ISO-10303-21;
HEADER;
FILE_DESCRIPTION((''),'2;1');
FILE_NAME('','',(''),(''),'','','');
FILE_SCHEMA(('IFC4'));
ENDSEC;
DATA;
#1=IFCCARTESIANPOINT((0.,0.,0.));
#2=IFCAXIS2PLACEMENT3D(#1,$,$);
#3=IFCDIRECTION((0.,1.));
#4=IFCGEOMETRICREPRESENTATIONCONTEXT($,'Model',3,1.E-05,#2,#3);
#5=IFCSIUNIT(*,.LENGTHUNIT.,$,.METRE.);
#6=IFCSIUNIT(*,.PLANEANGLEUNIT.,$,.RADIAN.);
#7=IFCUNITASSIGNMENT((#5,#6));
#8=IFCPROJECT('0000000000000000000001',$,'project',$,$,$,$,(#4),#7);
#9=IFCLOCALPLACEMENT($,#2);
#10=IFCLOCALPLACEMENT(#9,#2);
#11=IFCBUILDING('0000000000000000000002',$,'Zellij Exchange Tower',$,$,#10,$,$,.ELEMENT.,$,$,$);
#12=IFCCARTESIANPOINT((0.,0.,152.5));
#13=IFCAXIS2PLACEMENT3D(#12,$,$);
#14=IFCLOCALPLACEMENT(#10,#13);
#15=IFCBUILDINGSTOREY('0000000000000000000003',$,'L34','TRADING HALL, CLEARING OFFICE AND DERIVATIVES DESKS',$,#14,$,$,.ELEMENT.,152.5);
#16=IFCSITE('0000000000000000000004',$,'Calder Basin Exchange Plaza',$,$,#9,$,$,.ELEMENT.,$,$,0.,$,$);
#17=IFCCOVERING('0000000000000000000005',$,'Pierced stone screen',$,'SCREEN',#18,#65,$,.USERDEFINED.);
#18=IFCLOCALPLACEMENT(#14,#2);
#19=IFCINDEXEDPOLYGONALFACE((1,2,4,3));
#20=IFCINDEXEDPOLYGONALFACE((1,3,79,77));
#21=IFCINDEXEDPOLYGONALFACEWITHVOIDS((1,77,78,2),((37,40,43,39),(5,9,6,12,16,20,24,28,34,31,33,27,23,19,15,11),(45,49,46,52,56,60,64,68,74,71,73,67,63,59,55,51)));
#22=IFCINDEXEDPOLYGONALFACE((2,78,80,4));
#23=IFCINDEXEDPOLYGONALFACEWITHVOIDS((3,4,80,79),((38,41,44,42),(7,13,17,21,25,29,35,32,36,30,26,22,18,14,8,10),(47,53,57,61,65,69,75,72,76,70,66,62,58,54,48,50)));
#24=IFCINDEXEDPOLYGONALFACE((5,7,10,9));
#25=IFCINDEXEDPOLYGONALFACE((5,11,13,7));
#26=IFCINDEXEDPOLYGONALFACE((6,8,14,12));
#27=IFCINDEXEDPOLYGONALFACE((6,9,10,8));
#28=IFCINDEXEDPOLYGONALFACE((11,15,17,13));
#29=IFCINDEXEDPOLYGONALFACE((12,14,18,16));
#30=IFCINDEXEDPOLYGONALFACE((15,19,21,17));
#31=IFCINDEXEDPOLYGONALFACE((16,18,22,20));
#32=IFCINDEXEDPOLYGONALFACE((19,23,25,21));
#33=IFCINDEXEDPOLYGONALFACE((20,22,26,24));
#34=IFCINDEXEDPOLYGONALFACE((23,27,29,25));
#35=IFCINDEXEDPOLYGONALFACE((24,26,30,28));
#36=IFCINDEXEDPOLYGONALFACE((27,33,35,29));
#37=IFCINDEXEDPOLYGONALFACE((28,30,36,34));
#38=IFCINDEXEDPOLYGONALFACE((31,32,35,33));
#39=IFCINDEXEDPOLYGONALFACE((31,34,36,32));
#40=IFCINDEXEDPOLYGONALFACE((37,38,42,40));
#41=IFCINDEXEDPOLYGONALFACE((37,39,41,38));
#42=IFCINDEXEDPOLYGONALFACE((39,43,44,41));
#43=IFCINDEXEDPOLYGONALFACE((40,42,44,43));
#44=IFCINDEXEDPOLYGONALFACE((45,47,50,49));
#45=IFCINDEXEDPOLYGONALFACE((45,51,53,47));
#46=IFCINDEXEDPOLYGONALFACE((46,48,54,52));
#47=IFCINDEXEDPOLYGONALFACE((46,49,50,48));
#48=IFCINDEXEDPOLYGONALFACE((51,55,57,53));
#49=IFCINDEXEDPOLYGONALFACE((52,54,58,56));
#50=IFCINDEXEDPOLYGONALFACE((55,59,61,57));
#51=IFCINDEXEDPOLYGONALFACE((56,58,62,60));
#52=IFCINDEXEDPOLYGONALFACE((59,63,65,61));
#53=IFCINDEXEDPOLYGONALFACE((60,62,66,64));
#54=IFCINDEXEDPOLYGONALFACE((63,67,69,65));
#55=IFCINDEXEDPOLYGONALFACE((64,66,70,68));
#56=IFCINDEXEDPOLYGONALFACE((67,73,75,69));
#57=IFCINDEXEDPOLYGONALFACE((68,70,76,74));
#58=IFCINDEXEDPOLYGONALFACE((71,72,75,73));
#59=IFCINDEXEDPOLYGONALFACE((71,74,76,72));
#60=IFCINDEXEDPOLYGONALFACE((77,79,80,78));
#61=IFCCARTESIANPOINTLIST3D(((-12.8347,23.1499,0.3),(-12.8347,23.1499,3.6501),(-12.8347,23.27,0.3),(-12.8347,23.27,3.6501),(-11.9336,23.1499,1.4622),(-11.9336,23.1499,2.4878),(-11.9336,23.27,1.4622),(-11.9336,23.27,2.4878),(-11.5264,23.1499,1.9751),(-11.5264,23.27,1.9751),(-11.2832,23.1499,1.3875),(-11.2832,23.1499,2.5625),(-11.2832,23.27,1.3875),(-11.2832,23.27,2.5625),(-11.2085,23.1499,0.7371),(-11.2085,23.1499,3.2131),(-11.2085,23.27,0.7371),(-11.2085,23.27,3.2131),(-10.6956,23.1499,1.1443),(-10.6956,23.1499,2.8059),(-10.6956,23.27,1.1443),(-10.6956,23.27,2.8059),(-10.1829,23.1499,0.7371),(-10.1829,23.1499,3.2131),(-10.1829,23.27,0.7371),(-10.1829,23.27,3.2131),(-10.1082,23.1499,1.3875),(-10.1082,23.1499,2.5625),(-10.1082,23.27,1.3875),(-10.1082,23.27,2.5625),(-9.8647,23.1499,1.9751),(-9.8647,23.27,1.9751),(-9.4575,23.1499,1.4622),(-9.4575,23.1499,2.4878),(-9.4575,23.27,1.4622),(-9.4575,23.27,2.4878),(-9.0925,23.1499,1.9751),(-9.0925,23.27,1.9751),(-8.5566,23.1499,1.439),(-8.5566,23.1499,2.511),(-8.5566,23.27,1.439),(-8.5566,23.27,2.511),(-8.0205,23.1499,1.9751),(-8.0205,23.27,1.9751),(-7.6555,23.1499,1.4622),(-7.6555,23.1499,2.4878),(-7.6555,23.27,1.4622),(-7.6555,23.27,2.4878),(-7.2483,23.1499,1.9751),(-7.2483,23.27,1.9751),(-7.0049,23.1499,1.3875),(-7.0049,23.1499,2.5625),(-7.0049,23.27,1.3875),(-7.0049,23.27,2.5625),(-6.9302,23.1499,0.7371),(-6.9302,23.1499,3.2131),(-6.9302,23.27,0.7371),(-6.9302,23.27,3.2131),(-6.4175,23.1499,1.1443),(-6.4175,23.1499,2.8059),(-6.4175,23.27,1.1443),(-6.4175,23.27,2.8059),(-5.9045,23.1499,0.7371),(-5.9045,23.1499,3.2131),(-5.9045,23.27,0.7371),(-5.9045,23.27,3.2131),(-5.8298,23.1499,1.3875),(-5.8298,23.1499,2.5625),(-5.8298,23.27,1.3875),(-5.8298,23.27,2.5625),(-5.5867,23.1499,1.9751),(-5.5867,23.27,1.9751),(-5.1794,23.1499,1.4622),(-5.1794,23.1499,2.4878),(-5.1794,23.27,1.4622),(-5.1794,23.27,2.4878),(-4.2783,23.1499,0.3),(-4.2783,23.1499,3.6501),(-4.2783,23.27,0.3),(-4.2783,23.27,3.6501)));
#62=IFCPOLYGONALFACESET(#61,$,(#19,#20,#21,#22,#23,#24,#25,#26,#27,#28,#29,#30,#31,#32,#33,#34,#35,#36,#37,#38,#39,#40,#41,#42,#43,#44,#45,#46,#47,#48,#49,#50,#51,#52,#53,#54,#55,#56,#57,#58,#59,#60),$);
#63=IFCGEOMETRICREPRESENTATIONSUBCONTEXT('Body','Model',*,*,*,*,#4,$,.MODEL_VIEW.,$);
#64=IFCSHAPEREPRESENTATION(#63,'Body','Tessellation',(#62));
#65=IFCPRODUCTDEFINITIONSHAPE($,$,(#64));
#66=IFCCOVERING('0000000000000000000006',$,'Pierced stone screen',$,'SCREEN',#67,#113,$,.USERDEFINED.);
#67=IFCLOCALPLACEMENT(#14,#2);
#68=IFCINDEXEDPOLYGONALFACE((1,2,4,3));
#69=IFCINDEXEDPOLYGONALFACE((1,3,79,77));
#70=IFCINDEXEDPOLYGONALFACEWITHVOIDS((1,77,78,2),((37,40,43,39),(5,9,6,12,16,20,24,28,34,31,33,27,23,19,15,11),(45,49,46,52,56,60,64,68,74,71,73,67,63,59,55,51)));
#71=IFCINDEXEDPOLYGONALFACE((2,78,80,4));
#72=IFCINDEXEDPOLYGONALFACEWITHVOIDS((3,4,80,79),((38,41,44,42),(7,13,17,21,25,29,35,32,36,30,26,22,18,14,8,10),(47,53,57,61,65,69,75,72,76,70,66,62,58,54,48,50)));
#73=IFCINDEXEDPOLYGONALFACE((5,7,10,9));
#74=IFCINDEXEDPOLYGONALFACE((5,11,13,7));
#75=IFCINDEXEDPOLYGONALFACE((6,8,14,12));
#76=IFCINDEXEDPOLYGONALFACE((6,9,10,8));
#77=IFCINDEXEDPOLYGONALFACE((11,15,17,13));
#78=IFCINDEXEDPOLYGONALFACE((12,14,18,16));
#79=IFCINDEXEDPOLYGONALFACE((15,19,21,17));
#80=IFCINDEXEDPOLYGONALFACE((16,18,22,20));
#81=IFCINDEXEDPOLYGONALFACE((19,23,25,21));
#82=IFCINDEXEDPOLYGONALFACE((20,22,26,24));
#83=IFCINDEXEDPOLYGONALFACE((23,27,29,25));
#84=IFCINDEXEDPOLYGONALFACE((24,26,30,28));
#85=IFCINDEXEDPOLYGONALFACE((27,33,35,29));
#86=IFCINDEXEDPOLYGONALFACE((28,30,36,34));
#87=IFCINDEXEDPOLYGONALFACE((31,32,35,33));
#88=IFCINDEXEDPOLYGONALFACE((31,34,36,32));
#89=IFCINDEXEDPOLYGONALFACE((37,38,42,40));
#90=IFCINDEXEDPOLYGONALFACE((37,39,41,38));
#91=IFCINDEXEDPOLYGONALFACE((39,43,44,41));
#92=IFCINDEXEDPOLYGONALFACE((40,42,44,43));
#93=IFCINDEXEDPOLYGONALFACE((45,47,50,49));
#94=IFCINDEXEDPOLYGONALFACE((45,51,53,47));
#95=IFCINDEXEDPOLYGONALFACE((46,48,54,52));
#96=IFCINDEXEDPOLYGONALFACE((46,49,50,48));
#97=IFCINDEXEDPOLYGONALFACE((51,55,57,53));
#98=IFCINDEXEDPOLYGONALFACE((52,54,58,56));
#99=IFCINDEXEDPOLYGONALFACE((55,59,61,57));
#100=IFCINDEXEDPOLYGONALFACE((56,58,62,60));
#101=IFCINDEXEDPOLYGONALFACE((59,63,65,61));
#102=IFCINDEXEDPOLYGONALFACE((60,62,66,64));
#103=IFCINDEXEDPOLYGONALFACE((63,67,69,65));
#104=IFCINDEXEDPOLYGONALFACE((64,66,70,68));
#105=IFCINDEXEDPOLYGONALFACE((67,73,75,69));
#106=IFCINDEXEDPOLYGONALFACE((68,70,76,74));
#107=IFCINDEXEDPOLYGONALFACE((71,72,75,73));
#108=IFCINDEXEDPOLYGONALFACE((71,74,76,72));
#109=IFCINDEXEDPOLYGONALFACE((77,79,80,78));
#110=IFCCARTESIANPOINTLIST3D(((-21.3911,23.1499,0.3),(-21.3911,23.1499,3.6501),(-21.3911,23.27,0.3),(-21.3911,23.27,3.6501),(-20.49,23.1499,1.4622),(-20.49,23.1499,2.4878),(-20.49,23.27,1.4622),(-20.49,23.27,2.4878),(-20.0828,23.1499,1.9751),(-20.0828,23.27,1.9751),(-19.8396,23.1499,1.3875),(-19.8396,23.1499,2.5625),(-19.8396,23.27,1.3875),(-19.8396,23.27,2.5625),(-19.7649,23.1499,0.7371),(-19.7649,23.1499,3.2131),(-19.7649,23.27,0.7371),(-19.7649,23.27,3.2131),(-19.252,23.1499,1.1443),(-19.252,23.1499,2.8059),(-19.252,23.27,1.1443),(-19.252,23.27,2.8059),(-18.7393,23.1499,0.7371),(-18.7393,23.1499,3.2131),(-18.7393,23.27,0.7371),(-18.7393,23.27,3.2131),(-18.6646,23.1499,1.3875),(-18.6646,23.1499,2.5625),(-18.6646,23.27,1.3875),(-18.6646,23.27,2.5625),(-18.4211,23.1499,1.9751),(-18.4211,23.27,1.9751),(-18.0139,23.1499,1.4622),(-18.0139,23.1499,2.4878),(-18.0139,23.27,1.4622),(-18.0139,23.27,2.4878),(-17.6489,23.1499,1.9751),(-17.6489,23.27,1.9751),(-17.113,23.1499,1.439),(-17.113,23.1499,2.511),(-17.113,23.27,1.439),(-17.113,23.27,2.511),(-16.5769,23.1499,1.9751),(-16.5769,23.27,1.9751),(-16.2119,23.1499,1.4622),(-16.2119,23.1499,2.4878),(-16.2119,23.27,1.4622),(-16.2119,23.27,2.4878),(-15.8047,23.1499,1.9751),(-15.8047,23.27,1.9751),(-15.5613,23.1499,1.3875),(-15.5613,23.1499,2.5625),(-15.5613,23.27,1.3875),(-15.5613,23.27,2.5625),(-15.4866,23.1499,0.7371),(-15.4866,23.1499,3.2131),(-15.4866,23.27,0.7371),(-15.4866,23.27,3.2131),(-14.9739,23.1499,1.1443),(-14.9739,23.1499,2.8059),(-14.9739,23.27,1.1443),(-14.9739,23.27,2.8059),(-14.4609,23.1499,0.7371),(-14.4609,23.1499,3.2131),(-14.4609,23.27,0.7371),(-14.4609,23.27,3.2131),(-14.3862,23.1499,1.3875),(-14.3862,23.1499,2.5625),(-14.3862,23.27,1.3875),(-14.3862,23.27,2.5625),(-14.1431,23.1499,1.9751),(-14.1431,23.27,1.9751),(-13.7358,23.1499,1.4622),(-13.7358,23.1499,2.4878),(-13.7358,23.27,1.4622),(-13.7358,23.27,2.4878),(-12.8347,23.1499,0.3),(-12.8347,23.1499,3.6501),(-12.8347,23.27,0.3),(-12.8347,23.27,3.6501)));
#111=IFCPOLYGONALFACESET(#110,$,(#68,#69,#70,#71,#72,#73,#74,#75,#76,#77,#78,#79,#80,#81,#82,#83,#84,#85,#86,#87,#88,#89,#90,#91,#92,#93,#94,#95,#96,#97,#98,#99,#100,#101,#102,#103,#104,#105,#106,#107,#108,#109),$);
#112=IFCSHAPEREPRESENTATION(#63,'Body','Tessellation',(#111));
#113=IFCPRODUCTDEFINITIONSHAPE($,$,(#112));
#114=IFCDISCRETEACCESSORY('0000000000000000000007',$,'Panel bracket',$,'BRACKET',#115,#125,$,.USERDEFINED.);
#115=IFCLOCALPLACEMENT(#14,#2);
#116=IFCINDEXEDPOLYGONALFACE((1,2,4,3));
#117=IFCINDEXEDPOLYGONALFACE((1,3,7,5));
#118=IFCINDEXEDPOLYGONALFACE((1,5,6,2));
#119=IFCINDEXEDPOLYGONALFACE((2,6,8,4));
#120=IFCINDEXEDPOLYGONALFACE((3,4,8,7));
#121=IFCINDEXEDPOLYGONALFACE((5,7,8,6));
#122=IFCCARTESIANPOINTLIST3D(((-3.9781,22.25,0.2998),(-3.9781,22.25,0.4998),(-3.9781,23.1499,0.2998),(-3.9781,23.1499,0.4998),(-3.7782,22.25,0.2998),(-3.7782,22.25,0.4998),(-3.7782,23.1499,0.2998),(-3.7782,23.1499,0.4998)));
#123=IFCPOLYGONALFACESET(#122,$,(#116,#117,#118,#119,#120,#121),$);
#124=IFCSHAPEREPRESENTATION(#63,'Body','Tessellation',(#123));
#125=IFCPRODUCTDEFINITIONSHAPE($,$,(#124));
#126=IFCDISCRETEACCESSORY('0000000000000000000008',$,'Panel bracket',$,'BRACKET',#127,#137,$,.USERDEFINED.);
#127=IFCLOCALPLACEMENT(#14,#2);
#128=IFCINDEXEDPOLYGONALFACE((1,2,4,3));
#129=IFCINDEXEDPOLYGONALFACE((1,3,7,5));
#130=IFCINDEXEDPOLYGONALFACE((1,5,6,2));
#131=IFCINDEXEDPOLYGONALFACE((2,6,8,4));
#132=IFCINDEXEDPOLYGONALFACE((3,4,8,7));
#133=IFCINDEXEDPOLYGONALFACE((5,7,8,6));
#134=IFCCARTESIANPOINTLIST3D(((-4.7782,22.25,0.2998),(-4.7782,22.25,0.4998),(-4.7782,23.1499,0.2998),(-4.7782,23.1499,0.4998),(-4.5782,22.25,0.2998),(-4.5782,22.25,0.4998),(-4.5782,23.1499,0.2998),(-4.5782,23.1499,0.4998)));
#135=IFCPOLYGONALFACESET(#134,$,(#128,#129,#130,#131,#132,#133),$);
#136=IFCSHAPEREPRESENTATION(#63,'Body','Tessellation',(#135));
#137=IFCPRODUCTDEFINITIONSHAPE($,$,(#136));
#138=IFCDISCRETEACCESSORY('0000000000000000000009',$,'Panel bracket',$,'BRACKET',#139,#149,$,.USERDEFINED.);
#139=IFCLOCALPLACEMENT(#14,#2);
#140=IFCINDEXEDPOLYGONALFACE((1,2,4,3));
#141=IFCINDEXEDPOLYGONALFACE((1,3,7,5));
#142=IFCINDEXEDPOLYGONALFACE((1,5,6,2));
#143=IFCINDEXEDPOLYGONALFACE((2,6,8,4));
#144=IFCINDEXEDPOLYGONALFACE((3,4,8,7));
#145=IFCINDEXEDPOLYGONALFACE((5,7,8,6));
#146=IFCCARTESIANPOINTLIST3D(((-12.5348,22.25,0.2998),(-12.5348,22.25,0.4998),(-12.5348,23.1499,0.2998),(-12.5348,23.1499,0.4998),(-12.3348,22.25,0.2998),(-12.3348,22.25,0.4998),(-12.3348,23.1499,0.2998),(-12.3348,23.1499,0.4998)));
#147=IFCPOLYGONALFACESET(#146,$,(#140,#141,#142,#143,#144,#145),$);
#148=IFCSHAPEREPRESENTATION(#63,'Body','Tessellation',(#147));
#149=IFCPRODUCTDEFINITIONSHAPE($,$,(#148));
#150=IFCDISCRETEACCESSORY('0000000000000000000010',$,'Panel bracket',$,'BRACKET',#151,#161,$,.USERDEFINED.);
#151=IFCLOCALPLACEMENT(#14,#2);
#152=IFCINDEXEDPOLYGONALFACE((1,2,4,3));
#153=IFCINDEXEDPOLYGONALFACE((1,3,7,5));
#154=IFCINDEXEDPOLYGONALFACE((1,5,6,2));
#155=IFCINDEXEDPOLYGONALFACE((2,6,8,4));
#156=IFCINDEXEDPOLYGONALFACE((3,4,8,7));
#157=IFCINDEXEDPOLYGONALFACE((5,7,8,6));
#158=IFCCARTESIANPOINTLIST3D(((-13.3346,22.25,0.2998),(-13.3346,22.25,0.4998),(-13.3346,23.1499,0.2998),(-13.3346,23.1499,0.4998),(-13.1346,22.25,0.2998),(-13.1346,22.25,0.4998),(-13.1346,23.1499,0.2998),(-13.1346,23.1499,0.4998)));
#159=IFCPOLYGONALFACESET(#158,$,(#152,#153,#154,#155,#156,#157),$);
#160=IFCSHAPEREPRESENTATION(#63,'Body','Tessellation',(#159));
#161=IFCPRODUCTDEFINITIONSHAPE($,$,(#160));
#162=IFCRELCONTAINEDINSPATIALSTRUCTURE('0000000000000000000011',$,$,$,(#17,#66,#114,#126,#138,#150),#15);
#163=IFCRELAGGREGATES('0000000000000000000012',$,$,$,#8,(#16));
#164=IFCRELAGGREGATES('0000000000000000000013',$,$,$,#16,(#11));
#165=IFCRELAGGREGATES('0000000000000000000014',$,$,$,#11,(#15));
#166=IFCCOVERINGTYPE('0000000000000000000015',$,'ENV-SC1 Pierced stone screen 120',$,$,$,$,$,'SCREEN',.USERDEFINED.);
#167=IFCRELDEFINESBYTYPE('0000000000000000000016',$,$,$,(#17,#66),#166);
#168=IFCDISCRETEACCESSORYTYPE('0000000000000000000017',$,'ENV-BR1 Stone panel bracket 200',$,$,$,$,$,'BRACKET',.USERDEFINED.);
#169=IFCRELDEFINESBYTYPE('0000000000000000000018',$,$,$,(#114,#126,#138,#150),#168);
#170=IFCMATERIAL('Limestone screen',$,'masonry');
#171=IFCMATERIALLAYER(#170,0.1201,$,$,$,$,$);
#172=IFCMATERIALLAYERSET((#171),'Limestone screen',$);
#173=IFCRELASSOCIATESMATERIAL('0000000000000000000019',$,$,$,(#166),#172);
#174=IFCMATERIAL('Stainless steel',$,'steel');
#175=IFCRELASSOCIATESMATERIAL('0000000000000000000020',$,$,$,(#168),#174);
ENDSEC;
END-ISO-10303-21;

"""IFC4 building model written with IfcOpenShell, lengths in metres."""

from ifc_helpers import new_model, si_unit, direction, frame, origin, origin_2d, place, context, subcontext, project, spatial, polyline, rectangle, outline, extrude, material, layer, layer_set, type_object, element, save


model = new_model("IFC4")

# Units and contexts
model_context = context("Model", 3, precision=1e-05, world=origin(), true_north=direction((0.0, 1.0)))
body_context = subcontext(model_context, "Body", "Model", "MODEL_VIEW")
ifc_project = project(units=[si_unit("LENGTHUNIT", "METRE"), si_unit("PLANEANGLEUNIT", "RADIAN")], contexts=[model_context])

# Site, building, storey
site_placement = place(None, origin())
site = spatial("IfcSite", under=ifc_project, at=site_placement, Name="Calder Basin Exchange Plaza", CompositionType="ELEMENT", RefElevation=0.0)
building_placement = place(site_placement, origin())
building = spatial("IfcBuilding", under=site, at=building_placement, Name="Zellij Exchange Tower", CompositionType="ELEMENT")
storey_placement = place(building_placement, frame((0.0, 0.0, 152.5)))
storey = spatial("IfcBuildingStorey", under=building, at=storey_placement, Name="L34", Description="TRADING HALL, CLEARING OFFICE AND DERIVATIVES DESKS", CompositionType="ELEMENT", Elevation=152.5)

# Coverings
ifc_material_1 = material(Name="Limestone screen", Category="masonry")
ifc_layer_1 = layer(ifc_material_1, 0.1201)
ifc_layer_set_1 = layer_set([ifc_layer_1], Name="Limestone screen")
covering_type_1 = type_object("IfcCoveringType", Name="ENV-SC1 Pierced stone screen 120", ElementType="SCREEN", PredefinedType="USERDEFINED", material=ifc_layer_set_1)
for number, where, z_axis, x_axis, name in (
    (1, (-4.2783, 23.21, 0.3), (0.0, 0.0, 1.0), (-1.0, 0.0, 0.0), "Pierced stone screen"),
    (2, (-12.8347, 23.21, 0.3), (0.0, 0.0, 1.0), (-1.0, 0.0, 0.0), "Pierced stone screen"),
):
    element("IfcCovering", number, at=place(storey_placement, frame(where, z_axis=z_axis, x_axis=x_axis)), inside=storey, type_object=covering_type_1, Name=name, ObjectType="SCREEN", PredefinedType="USERDEFINED", context=body_context, shape_type="SweptSolid", body=[
        extrude(outline(polyline([(0.0, 0.0), (8.5564, 0.0), (8.5564, 3.3501), (0.0, 3.3501), (0.0, 0.0)]), holes=[polyline([(3.3772, 2.1877), (2.7266, 2.2625), (2.6519, 2.9131), (2.1392, 2.5059), (1.6262, 2.9131), (1.5515, 2.2625), (0.9011, 2.1877), (1.3083, 1.675), (0.9011, 1.1621), (1.5515, 1.0874), (1.6262, 0.437), (2.1392, 0.8442), (2.6519, 0.437), (2.7266, 1.0874), (3.3772, 1.1621), (2.97, 1.675), (3.3772, 2.1877)]), polyline([(7.6553, 2.1877), (7.0049, 2.2625), (6.9302, 2.9131), (6.4172, 2.5059), (5.9045, 2.9131), (5.8298, 2.2625), (5.1792, 2.1877), (5.5864, 1.675), (5.1792, 1.1621), (5.8298, 1.0874), (5.9045, 0.437), (6.4172, 0.8442), (6.9302, 0.437), (7.0049, 1.0874), (7.6553, 1.1621), (7.248, 1.675), (7.6553, 2.1877)]), polyline([(4.8142, 1.675), (4.2783, 2.2109), (3.7422, 1.675), (4.2783, 1.1389), (4.8142, 1.675)])]), frame((0.0, 0.0601, 0.0), z_axis=(0.0, -1.0, 0.0), x_axis=(1.0, 0.0, 0.0)), (0.0, 0.0, 1.0), 0.1201),
    ])

# Discrete accessories
ifc_material_2 = material(Name="Stainless steel", Category="steel")
discrete_accessory_type = type_object("IfcDiscreteAccessoryType", Name="ENV-BR1 Stone panel bracket 200", ElementType="BRACKET", PredefinedType="USERDEFINED", material=ifc_material_2)
for number, where, z_axis, x_axis, name in (
    (3, (-3.8782, 22.7, 0.2998), (0.0, 0.0, 1.0), (-1.0, 0.0, 0.0), "Panel bracket"),
    (4, (-4.6782, 22.7, 0.2998), (0.0, 0.0, 1.0), (-1.0, 0.0, 0.0), "Panel bracket"),
    (5, (-12.4348, 22.7, 0.2998), (0.0, 0.0, 1.0), (-1.0, 0.0, 0.0), "Panel bracket"),
    (6, (-13.2346, 22.7, 0.2998), (0.0, 0.0, 1.0), (-1.0, 0.0, 0.0), "Panel bracket"),
):
    element("IfcDiscreteAccessory", number, at=place(storey_placement, frame(where, z_axis=z_axis, x_axis=x_axis)), inside=storey, type_object=discrete_accessory_type, Name=name, ObjectType="BRACKET", PredefinedType="USERDEFINED", context=body_context, shape_type="SweptSolid", body=[
        extrude(rectangle(XDim=0.2, YDim=0.8999, at=origin_2d()), origin(), (0.0, 0.0, 1.0), 0.2),
    ])

save(model, "model.ifc")
